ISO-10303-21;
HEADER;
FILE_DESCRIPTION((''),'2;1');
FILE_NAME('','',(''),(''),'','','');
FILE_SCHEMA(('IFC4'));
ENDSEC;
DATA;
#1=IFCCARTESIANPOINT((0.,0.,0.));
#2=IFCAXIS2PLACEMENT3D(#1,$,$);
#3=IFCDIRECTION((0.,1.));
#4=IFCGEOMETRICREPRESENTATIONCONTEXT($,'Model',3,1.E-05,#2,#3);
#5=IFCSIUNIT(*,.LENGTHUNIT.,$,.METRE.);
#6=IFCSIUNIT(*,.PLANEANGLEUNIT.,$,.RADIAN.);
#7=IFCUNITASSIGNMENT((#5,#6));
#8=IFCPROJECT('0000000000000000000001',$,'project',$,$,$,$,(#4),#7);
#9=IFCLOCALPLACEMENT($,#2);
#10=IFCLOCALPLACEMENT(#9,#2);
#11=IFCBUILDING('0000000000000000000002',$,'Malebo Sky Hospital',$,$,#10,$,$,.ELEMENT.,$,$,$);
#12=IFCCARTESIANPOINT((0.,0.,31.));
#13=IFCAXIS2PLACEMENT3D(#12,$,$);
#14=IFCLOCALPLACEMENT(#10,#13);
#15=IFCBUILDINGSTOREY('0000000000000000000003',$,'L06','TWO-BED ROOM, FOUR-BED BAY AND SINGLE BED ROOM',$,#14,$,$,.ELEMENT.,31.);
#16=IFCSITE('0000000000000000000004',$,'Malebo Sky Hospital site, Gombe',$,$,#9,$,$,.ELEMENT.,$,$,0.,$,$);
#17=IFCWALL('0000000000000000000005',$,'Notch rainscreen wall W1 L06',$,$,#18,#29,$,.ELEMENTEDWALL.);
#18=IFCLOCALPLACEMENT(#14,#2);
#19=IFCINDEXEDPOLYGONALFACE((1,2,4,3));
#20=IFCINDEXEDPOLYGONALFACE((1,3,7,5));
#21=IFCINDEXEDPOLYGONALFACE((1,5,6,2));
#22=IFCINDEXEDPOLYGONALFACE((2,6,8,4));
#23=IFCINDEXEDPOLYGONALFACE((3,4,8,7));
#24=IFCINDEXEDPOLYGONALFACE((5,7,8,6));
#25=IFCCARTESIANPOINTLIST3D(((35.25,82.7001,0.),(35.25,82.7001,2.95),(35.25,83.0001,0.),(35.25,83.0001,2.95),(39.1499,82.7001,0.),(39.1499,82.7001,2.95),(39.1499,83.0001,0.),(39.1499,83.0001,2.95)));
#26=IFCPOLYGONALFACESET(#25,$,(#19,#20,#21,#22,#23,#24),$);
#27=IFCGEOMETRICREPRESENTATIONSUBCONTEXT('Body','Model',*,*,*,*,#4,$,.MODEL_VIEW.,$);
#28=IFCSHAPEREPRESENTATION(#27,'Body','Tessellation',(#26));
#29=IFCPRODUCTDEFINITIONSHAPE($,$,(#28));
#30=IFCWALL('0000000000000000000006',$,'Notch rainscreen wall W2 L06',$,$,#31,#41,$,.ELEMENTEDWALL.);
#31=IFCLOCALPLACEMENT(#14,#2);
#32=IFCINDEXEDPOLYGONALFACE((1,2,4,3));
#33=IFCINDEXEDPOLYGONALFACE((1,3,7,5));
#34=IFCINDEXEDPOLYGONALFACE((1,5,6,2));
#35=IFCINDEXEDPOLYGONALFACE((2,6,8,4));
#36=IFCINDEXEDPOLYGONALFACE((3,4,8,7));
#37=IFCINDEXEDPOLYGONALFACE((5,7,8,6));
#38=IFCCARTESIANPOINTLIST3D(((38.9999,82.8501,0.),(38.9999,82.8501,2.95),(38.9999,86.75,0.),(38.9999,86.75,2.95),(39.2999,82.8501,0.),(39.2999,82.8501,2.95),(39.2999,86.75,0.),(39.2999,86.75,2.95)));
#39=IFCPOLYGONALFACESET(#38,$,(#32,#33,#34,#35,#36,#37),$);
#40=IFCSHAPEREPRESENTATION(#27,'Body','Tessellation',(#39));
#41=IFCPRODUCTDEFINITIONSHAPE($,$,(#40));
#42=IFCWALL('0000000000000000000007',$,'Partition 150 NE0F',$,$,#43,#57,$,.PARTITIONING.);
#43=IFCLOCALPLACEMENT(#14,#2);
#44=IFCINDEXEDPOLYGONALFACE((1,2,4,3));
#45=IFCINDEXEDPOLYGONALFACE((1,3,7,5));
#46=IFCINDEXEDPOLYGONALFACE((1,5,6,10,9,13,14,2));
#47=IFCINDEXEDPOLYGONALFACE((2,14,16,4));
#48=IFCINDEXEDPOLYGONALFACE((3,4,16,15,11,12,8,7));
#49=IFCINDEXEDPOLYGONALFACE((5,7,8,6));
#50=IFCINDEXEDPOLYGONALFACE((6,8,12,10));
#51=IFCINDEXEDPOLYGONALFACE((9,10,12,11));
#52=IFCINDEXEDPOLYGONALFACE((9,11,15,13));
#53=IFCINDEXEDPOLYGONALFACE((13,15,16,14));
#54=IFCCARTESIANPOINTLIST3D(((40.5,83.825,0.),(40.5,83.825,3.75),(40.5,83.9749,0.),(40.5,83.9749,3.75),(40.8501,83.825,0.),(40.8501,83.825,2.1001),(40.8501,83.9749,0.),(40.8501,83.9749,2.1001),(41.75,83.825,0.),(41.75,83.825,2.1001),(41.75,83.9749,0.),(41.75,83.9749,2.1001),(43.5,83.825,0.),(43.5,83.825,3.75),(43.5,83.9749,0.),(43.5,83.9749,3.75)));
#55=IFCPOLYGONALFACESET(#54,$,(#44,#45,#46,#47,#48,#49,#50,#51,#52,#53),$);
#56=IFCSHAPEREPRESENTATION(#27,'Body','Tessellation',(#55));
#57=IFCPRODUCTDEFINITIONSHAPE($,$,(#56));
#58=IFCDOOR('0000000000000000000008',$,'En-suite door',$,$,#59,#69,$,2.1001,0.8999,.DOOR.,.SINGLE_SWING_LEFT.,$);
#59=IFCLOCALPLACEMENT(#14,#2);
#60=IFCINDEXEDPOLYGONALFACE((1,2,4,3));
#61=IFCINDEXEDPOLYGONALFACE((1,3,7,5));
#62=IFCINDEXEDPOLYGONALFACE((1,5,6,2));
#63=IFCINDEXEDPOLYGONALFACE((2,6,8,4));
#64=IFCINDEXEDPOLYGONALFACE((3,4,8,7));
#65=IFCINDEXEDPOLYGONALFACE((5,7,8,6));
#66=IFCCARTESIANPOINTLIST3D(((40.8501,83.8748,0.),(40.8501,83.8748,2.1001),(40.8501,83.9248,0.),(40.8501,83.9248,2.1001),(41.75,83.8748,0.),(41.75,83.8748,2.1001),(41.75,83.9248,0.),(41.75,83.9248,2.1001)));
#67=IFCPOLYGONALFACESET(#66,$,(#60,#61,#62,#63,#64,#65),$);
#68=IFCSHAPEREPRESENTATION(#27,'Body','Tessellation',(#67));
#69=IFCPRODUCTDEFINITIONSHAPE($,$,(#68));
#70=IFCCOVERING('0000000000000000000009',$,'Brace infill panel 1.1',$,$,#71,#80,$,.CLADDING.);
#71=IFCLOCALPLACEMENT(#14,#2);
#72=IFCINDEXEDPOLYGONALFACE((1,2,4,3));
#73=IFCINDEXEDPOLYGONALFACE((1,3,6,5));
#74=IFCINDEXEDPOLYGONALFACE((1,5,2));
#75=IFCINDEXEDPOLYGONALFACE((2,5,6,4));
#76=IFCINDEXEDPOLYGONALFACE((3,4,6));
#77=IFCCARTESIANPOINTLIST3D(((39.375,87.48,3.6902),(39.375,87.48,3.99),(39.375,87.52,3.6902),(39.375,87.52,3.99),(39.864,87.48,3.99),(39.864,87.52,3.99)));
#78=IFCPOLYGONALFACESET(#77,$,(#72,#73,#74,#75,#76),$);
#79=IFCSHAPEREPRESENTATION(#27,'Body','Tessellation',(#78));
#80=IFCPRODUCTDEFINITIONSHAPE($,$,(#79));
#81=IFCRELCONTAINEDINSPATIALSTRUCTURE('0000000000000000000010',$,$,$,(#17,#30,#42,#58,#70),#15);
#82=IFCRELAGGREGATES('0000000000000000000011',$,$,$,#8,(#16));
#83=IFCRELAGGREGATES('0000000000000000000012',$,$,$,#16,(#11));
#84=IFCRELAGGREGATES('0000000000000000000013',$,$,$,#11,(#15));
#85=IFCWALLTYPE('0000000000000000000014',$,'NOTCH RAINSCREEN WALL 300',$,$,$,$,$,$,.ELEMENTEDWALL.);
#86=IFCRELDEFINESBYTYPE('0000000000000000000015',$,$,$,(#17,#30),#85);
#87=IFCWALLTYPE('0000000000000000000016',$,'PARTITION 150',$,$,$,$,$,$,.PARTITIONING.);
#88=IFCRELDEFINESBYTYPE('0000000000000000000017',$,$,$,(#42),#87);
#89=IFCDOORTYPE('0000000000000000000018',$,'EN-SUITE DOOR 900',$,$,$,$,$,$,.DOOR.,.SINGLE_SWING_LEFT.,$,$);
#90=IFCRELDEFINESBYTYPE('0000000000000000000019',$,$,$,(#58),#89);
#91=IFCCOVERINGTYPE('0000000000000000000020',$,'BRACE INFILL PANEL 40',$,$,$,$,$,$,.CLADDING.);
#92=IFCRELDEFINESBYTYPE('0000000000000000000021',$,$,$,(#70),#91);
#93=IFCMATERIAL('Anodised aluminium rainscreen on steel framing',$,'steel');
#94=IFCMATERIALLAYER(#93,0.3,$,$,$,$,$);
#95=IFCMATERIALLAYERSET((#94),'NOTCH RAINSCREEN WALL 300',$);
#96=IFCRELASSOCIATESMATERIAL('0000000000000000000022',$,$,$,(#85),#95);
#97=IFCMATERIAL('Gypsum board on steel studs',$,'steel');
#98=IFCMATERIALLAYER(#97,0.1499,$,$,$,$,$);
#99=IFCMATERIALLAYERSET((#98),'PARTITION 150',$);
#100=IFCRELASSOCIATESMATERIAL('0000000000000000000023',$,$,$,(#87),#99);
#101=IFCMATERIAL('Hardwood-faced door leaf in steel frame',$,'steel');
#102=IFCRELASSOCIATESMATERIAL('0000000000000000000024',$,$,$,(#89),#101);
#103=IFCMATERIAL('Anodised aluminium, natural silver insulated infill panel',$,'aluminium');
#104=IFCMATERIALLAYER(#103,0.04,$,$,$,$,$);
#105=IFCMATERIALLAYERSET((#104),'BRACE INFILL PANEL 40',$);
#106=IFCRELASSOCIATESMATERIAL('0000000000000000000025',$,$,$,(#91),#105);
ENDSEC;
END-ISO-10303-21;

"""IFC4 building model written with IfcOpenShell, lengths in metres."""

from ifc_helpers import new_model, si_unit, direction, frame, frame_2d, origin, place, context, subcontext, project, spatial, polyline, rectangle, outline, extrude, material, layer, layer_set, type_object, element, fill, save


model = new_model("IFC4")

# Units and contexts
model_context = context("Model", 3, precision=1e-05, world=origin(), true_north=direction((0.0, 1.0)))
body_context = subcontext(model_context, "Body", "Model", "MODEL_VIEW")
ifc_project = project(units=[si_unit("LENGTHUNIT", "METRE"), si_unit("PLANEANGLEUNIT", "RADIAN")], contexts=[model_context])

# Site, building, storey
site_placement = place(None, origin())
site = spatial("IfcSite", under=ifc_project, at=site_placement, Name="Malebo Sky Hospital site, Gombe", CompositionType="ELEMENT", RefElevation=0.0)
building_placement = place(site_placement, origin())
building = spatial("IfcBuilding", under=site, at=building_placement, Name="Malebo Sky Hospital", CompositionType="ELEMENT")
storey_placement = place(building_placement, frame((0.0, 0.0, 31.0)))
storey = spatial("IfcBuildingStorey", under=building, at=storey_placement, Name="L06", Description="TWO-BED ROOM, FOUR-BED BAY AND SINGLE BED ROOM", CompositionType="ELEMENT", Elevation=31.0)

# Walls
ifc_material_1 = material(Name="Anodised aluminium rainscreen on steel framing", Category="steel")
ifc_layer_1 = layer(ifc_material_1, 0.3)
ifc_layer_set_1 = layer_set([ifc_layer_1], Name="NOTCH RAINSCREEN WALL 300")
wall_type_1 = type_object("IfcWallType", Name="NOTCH RAINSCREEN WALL 300", PredefinedType="ELEMENTEDWALL", material=ifc_layer_set_1)
for number, where, z_axis, x_axis, name in (
    (1, (35.25, 82.8501, 0.0), (0.0, 0.0, 1.0), (1.0, 0.0, 0.0), "Notch rainscreen wall W1 L06"),
    (2, (39.1499, 82.8501, 0.0), (0.0, 0.0, 1.0), (0.0, 1.0, 0.0), "Notch rainscreen wall W2 L06"),
):
    element("IfcWall", number, at=place(storey_placement, frame(where, z_axis=z_axis, x_axis=x_axis)), inside=storey, type_object=wall_type_1, Name=name, PredefinedType="ELEMENTEDWALL", context=body_context, shape_type="SweptSolid", body=[
        extrude(rectangle(XDim=3.8999, YDim=0.3, at=frame_2d((1.95, 0.0))), origin(), (0.0, 0.0, 1.0), 2.95),
    ])

# Wall, opening, door
ifc_material_2 = material(Name="Gypsum board on steel studs", Category="steel")
ifc_layer_2 = layer(ifc_material_2, 0.1499)
ifc_layer_set_2 = layer_set([ifc_layer_2], Name="PARTITION 150")
wall_type_2 = type_object("IfcWallType", Name="PARTITION 150", PredefinedType="PARTITIONING", material=ifc_layer_set_2)
wall_placement = place(storey_placement, frame((40.5, 83.8999, 0.0), z_axis=(0.0, 0.0, 1.0), x_axis=(1.0, 0.0, 0.0)))
wall = element("IfcWall", 3, at=wall_placement, inside=storey, type_object=wall_type_2, Name="Partition 150 NE0F", PredefinedType="PARTITIONING", context=body_context, shape_type="SweptSolid", body=[
    extrude(rectangle(XDim=3.0, YDim=0.1499, at=frame_2d((1.5, 0.0))), origin(), (0.0, 0.0, 1.0), 3.75),
])
opening_placement = place(wall_placement, frame((0.3501, 0.0, 0.0)))
opening = element("IfcOpeningElement", 4, at=opening_placement, cuts=wall, PredefinedType="OPENING", context=body_context, shape_type="SweptSolid", body=[
    extrude(rectangle(XDim=0.8999, YDim=2.1001, at=frame_2d((0.45, 1.05))), frame((0.0, 0.085, 0.0), z_axis=(0.0, -1.0, 0.0), x_axis=(1.0, 0.0, 0.0)), (0.0, 0.0, 1.0), 0.1699),
])
ifc_material_3 = material(Name="Hardwood-faced door leaf in steel frame", Category="steel")
door_type = type_object("IfcDoorType", Name="EN-SUITE DOOR 900", OperationType="SINGLE_SWING_LEFT", PredefinedType="DOOR", material=ifc_material_3)
door_placement = place(opening_placement, origin())
door = element("IfcDoor", 5, at=door_placement, inside=storey, type_object=door_type, Name="En-suite door", OperationType="SINGLE_SWING_LEFT", OverallHeight=2.1001, OverallWidth=0.8999, PredefinedType="DOOR", context=body_context, shape_type="SweptSolid", body=[
    extrude(rectangle(XDim=0.8999, YDim=2.1001, at=frame_2d((0.45, 1.05))), frame((0.0, 0.0249, 0.0), z_axis=(0.0, -1.0, 0.0), x_axis=(1.0, 0.0, 0.0)), (0.0, 0.0, 1.0), 0.05),
])
fill(opening, door)

# Covering
ifc_material_4 = material(Name="Anodised aluminium, natural silver insulated infill panel", Category="aluminium")
ifc_layer_3 = layer(ifc_material_4, 0.04)
ifc_layer_set_3 = layer_set([ifc_layer_3], Name="BRACE INFILL PANEL 40")
covering_type = type_object("IfcCoveringType", Name="BRACE INFILL PANEL 40", PredefinedType="CLADDING", material=ifc_layer_set_3)
covering_placement = place(storey_placement, frame((39.6196, 87.5, 3.6902), z_axis=(0.0, 0.0, 1.0), x_axis=(1.0, 0.0, 0.0)))
element("IfcCovering", 6, at=covering_placement, inside=storey, type_object=covering_type, Name="Brace infill panel 1.1", PredefinedType="CLADDING", context=body_context, shape_type="SweptSolid", body=[
    extrude(outline(polyline([(-0.2446, 0.0), (0.2444, 0.2998), (-0.2446, 0.2998), (-0.2446, 0.0)])), frame((0.0, 0.02, 0.0), z_axis=(0.0, -1.0, 0.0), x_axis=(1.0, 0.0, 0.0)), (0.0, 0.0, 1.0), 0.04),
])

save(model, "model.ifc")
